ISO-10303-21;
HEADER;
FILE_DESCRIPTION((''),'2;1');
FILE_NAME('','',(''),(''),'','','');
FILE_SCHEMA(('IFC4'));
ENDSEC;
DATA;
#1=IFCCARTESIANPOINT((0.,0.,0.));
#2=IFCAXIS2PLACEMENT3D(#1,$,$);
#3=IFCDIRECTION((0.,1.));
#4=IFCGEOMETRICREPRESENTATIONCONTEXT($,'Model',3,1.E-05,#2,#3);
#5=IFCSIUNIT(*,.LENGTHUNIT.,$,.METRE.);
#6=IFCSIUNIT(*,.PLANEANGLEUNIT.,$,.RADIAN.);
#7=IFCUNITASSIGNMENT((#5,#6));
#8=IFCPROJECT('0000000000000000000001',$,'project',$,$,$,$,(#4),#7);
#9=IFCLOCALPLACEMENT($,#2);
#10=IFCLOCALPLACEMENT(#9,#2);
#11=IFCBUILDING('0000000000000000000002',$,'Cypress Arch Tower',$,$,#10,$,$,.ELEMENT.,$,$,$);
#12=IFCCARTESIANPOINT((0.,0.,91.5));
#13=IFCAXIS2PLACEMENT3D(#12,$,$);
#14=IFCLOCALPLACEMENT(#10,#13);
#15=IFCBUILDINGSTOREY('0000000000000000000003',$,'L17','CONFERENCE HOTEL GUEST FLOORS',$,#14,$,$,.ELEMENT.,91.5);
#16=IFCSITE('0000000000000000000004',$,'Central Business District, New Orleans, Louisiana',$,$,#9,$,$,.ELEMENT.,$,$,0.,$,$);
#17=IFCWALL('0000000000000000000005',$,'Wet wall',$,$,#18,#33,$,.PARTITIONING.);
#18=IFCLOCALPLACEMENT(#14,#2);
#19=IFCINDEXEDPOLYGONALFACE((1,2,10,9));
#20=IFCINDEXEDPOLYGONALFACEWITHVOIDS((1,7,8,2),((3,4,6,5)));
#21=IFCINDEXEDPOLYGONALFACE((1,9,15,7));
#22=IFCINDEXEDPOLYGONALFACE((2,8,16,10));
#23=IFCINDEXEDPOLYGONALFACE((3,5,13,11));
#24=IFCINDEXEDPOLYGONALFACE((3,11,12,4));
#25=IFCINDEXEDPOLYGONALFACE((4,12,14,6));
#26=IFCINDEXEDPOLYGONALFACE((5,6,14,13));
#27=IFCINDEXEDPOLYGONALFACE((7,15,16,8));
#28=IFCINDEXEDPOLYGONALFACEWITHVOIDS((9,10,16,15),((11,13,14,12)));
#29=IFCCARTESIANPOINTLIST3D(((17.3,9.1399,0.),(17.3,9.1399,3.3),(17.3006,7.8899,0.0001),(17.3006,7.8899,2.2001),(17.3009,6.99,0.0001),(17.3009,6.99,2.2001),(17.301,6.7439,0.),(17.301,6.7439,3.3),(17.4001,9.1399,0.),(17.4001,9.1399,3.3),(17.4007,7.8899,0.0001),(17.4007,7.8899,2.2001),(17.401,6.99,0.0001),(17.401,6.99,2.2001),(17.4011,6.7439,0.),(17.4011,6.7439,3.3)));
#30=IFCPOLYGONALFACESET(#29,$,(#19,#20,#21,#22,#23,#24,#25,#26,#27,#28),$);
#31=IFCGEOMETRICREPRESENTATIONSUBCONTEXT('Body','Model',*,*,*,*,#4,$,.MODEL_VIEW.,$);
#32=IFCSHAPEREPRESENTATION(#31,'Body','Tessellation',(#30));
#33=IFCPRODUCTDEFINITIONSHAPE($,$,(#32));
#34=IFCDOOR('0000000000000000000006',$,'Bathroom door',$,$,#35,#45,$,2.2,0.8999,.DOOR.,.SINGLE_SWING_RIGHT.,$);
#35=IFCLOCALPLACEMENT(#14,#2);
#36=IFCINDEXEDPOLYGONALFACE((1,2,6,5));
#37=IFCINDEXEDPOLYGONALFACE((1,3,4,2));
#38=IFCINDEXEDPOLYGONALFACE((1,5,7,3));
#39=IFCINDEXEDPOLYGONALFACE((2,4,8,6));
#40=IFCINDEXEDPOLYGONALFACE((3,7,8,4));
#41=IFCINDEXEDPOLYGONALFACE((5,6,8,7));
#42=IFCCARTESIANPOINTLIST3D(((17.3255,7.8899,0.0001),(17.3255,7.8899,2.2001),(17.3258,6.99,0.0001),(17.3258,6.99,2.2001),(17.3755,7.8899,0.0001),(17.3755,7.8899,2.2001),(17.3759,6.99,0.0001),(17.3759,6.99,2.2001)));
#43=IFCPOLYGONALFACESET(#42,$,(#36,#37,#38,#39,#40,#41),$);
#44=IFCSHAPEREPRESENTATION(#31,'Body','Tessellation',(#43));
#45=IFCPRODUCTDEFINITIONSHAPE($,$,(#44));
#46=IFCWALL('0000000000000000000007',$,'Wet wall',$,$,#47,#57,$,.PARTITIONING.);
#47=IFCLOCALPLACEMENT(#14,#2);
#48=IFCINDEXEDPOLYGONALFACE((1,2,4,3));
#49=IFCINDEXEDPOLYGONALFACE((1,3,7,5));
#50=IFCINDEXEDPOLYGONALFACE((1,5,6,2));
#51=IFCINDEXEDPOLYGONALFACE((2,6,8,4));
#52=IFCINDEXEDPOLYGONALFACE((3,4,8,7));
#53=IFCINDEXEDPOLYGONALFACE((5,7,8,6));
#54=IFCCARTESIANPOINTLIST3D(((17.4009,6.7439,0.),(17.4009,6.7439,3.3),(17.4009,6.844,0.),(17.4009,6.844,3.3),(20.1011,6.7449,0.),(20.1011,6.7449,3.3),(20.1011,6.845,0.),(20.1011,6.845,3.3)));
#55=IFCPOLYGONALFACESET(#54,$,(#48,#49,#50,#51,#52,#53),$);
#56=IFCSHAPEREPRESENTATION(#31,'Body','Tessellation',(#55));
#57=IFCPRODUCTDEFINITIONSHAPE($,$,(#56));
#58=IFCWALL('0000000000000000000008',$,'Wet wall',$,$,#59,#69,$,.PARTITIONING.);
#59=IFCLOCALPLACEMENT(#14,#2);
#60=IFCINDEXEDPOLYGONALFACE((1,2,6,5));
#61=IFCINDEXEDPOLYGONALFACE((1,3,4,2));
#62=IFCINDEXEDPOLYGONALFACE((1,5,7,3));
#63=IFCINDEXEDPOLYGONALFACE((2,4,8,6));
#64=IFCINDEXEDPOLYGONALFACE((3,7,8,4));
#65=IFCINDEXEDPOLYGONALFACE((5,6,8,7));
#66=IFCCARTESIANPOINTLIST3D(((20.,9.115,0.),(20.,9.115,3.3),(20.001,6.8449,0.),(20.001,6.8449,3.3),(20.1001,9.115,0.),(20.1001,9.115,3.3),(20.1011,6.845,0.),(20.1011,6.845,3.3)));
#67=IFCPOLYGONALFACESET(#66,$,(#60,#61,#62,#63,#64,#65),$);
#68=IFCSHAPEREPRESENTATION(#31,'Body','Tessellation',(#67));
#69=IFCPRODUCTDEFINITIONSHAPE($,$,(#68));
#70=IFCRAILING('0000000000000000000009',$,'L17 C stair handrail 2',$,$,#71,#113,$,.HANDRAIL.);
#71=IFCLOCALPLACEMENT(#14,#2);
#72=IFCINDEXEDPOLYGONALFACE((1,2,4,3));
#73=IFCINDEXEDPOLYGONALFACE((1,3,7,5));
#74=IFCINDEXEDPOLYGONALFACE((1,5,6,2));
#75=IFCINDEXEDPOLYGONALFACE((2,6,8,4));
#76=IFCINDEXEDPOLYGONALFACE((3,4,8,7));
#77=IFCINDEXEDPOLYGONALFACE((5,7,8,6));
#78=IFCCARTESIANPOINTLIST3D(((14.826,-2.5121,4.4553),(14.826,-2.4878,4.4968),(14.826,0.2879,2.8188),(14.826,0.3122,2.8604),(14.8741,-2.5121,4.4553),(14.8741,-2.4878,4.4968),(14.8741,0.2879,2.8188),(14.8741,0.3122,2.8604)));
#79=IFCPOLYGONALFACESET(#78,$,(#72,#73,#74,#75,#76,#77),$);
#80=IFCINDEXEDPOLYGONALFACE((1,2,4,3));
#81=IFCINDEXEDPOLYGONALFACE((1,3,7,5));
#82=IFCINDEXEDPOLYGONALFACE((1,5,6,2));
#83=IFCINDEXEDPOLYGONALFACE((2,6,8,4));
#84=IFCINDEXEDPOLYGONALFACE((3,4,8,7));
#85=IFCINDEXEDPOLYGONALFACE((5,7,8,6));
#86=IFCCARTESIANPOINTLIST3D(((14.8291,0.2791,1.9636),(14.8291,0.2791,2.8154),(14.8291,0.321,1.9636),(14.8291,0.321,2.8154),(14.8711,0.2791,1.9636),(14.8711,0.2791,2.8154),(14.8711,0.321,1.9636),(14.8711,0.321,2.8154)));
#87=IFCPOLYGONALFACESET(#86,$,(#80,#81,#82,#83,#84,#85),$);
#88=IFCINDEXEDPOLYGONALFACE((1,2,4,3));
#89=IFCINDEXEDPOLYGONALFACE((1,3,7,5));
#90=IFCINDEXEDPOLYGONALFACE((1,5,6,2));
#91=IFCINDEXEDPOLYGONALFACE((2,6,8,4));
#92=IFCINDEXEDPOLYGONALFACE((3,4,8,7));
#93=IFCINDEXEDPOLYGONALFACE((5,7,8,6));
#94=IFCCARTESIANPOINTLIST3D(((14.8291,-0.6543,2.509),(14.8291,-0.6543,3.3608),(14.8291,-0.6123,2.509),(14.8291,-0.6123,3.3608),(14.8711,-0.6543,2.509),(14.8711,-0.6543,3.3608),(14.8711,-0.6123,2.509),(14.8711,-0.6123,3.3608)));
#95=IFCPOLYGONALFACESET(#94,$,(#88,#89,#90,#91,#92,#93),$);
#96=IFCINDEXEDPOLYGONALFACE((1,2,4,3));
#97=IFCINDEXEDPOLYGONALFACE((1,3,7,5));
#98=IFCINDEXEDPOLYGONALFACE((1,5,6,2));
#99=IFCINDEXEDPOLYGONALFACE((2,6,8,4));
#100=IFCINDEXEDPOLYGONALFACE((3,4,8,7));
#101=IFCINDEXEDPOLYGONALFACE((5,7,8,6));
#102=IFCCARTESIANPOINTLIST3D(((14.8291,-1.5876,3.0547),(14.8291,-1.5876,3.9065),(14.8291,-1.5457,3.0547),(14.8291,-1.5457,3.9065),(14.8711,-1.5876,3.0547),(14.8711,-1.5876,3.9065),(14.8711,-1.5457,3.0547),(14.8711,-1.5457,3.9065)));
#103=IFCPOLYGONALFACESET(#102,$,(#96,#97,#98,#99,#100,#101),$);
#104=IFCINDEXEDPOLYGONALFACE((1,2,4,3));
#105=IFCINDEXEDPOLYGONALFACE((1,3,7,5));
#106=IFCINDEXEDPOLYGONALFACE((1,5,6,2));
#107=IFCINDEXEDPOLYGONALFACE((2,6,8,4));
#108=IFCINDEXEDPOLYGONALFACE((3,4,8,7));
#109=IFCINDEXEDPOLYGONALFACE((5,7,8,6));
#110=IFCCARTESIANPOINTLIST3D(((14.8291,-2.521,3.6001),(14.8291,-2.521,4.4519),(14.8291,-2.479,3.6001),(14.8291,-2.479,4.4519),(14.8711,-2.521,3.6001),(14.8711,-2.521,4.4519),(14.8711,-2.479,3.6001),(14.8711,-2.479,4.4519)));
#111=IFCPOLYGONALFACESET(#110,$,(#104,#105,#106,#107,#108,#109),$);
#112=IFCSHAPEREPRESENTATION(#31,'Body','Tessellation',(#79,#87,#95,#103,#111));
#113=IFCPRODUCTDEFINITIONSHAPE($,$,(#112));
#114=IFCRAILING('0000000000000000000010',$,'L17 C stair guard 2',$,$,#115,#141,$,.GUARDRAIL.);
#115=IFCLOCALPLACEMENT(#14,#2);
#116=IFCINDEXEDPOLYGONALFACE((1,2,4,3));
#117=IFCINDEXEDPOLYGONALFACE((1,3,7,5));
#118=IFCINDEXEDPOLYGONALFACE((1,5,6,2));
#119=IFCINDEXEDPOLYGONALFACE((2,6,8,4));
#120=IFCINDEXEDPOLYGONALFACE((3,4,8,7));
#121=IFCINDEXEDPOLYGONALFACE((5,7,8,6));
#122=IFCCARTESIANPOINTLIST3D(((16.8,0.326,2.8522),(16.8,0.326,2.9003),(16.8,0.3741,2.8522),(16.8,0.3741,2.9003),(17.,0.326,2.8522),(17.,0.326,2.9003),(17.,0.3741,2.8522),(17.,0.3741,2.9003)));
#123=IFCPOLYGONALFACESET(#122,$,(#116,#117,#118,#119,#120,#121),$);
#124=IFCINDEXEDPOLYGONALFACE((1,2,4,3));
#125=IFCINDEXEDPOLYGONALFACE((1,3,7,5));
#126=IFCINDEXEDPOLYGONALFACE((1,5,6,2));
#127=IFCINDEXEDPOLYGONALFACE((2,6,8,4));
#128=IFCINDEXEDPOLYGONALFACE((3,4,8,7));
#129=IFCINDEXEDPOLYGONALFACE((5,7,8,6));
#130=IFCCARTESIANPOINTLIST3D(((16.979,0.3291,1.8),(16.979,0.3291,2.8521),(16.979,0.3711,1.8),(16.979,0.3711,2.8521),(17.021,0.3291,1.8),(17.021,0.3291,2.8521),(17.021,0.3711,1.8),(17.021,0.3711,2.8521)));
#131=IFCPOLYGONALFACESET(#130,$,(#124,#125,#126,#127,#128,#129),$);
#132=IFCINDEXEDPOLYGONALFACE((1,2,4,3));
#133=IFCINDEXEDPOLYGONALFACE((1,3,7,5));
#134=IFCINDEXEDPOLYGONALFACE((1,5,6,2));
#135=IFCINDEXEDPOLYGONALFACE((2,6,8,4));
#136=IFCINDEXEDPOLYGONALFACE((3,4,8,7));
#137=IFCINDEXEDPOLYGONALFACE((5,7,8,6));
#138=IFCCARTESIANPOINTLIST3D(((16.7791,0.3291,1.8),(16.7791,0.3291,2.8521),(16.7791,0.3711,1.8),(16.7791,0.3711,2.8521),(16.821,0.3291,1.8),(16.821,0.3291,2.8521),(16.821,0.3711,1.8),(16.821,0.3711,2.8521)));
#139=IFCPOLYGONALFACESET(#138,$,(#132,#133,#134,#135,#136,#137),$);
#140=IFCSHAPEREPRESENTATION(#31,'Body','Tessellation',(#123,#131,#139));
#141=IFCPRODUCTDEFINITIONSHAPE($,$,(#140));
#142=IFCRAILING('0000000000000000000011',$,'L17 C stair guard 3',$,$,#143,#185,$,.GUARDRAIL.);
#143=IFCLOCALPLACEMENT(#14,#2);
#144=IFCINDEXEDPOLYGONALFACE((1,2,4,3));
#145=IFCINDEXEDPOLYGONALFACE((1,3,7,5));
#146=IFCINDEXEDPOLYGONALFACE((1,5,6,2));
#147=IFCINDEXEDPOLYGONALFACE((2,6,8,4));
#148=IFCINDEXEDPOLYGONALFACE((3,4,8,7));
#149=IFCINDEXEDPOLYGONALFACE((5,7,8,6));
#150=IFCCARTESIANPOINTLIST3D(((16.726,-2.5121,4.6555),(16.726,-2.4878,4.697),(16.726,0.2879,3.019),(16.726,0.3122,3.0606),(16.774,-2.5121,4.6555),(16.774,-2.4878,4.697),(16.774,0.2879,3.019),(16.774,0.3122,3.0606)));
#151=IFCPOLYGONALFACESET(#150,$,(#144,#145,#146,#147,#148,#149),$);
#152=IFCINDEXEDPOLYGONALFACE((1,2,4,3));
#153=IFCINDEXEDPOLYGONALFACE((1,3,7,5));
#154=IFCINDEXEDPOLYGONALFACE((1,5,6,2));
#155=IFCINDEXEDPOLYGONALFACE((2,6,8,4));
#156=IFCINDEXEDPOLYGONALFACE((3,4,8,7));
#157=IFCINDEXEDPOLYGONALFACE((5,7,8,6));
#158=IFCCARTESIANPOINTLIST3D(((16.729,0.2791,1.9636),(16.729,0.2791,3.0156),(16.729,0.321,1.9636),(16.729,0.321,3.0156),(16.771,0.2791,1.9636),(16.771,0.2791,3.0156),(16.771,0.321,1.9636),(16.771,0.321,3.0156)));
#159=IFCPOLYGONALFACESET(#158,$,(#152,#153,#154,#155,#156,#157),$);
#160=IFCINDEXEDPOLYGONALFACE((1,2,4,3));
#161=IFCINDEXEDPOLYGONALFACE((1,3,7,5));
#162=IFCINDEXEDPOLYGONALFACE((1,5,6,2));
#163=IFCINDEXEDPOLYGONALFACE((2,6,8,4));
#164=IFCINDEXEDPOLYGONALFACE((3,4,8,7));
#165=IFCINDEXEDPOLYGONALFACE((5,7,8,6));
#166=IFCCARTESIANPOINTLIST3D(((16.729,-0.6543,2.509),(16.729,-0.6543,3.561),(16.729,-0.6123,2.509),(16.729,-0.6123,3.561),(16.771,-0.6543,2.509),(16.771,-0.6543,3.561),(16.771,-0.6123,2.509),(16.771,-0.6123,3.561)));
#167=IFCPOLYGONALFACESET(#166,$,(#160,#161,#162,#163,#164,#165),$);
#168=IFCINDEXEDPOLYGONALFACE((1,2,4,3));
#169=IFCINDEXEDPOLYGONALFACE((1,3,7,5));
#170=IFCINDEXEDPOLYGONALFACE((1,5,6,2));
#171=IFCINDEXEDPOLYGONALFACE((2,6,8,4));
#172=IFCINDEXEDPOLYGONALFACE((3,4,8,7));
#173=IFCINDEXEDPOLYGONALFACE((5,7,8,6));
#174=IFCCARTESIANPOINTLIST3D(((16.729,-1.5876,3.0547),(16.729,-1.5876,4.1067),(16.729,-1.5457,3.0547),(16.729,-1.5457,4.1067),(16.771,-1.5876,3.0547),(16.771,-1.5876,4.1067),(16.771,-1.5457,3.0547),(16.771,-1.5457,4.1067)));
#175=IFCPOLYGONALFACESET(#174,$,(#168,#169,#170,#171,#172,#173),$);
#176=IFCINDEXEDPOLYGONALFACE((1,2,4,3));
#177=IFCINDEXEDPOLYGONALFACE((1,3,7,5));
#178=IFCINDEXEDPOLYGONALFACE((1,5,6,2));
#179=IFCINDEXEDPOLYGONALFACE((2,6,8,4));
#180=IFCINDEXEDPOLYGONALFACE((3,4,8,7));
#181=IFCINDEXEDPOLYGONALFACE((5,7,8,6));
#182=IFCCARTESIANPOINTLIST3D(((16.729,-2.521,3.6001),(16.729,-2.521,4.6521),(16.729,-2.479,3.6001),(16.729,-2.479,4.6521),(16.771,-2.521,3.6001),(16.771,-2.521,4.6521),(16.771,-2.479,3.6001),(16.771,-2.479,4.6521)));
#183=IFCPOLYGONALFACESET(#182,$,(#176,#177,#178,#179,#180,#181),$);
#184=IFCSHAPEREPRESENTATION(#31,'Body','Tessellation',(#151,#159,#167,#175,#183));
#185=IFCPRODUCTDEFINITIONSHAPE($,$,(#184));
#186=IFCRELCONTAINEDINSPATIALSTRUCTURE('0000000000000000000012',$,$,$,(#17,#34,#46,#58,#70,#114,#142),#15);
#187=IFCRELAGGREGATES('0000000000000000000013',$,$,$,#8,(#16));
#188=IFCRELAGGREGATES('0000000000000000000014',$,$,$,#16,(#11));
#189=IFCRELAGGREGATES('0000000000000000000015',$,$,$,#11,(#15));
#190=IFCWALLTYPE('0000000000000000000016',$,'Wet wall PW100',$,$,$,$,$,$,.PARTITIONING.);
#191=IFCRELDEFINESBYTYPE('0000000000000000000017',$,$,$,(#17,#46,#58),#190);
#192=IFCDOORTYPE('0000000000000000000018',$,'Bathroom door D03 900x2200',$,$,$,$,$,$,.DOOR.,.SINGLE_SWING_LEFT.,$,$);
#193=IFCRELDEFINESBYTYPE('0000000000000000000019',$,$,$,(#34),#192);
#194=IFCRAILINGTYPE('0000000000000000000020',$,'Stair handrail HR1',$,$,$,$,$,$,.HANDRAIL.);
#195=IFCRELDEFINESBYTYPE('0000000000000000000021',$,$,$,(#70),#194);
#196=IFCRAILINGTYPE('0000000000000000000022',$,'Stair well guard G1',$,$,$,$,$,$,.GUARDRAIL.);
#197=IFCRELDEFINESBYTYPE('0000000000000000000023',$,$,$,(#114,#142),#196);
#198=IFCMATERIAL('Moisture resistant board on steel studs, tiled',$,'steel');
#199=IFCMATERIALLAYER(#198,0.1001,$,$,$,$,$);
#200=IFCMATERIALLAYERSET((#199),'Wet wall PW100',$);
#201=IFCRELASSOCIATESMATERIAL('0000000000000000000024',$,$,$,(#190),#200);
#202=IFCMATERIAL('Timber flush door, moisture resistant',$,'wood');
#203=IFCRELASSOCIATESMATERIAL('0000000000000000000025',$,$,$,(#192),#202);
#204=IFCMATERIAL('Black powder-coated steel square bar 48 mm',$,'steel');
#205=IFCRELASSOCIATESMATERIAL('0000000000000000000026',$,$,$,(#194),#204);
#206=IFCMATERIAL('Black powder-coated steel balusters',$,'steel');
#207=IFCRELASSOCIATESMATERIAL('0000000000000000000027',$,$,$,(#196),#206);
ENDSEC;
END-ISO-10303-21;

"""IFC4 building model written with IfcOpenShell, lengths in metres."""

from ifc_helpers import new_model, si_unit, direction, frame, frame_2d, origin, origin_2d, place, context, subcontext, project, spatial, rectangle, extrude, material, layer, layer_set, type_object, element, fill, save


model = new_model("IFC4")

# Units and contexts
model_context = context("Model", 3, precision=1e-05, world=origin(), true_north=direction((0.0, 1.0)))
body_context = subcontext(model_context, "Body", "Model", "MODEL_VIEW")
ifc_project = project(units=[si_unit("LENGTHUNIT", "METRE"), si_unit("PLANEANGLEUNIT", "RADIAN")], contexts=[model_context])

# Site, building, storey
site_placement = place(None, origin())
site = spatial("IfcSite", under=ifc_project, at=site_placement, Name="Central Business District, New Orleans, Louisiana", CompositionType="ELEMENT", RefElevation=0.0)
building_placement = place(site_placement, origin())
building = spatial("IfcBuilding", under=site, at=building_placement, Name="Cypress Arch Tower", CompositionType="ELEMENT")
storey_placement = place(building_placement, frame((0.0, 0.0, 91.5)))
storey = spatial("IfcBuildingStorey", under=building, at=storey_placement, Name="L17", Description="CONFERENCE HOTEL GUEST FLOORS", CompositionType="ELEMENT", Elevation=91.5)

# Shared definitions
ifc_material_1 = material(Name="Moisture resistant board on steel studs, tiled", Category="steel")
ifc_layer_1 = layer(ifc_material_1, 0.1001)
ifc_layer_set_1 = layer_set([ifc_layer_1], Name="Wet wall PW100")
wall_type_1 = type_object("IfcWallType", Name="Wet wall PW100", PredefinedType="PARTITIONING", material=ifc_layer_set_1)

# Wall, opening, door
wall_1_placement = place(storey_placement, frame((17.3501, 9.1399, 0.0), z_axis=(0.0, 0.0, 1.0), x_axis=(0.000408, -1.0, 0.0)))
wall_1 = element("IfcWall", 1, at=wall_1_placement, inside=storey, type_object=wall_type_1, Name="Wet wall", PredefinedType="PARTITIONING", context=body_context, shape_type="SweptSolid", body=[
    extrude(rectangle(XDim=2.396, YDim=0.1001, at=frame_2d((1.198, 0.0))), origin(), (0.0, 0.0, 1.0), 3.3),
])
opening_1_placement = place(wall_1_placement, frame((1.25, 0.0, 0.0)))
opening_1 = element("IfcOpeningElement", 2, at=opening_1_placement, cuts=wall_1, PredefinedType="OPENING", context=body_context, shape_type="SweptSolid", body=[
    extrude(rectangle(XDim=0.8999, YDim=2.2, at=frame_2d((0.45, 1.1001))), frame((0.0, 0.0601, 0.0), z_axis=(0.0, -1.0, 0.0), x_axis=(1.0, 0.0, 0.0)), (0.0, 0.0, 1.0), 0.1201),
])
ifc_material_2 = material(Name="Timber flush door, moisture resistant", Category="wood")
door_type_1 = type_object("IfcDoorType", Name="Bathroom door D03 900x2200", OperationType="SINGLE_SWING_LEFT", PredefinedType="DOOR", material=ifc_material_2)
door_1_placement = place(opening_1_placement, origin())
door_1 = element("IfcDoor", 3, at=door_1_placement, inside=storey, type_object=door_type_1, Name="Bathroom door", OperationType="SINGLE_SWING_RIGHT", OverallHeight=2.2, OverallWidth=0.8999, PredefinedType="DOOR", context=body_context, shape_type="SweptSolid", body=[
    extrude(rectangle(XDim=0.8999, YDim=2.2, at=frame_2d((0.45, 1.1001))), frame((0.0, 0.0249, 0.0), z_axis=(0.0, -1.0, 0.0), x_axis=(1.0, 0.0, 0.0)), (0.0, 0.0, 1.0), 0.05),
])
fill(opening_1, door_1)

# Walls
wall_2_placement = place(storey_placement, frame((17.4009, 6.7939, 0.0), z_axis=(0.0, 0.0, 1.0), x_axis=(1.0, 0.000362, 0.0)))
element("IfcWall", 4, at=wall_2_placement, inside=storey, type_object=wall_type_1, Name="Wet wall", PredefinedType="PARTITIONING", context=body_context, shape_type="SweptSolid", body=[
    extrude(rectangle(XDim=2.7002, YDim=0.1001, at=frame_2d((1.3501, 0.0))), origin(), (0.0, 0.0, 1.0), 3.3),
])
wall_3_placement = place(storey_placement, frame((20.05, 9.115, 0.0), z_axis=(0.0, 0.0, 1.0), x_axis=(0.00043, -1.0, 0.0)))
element("IfcWall", 5, at=wall_3_placement, inside=storey, type_object=wall_type_1, Name="Wet wall", PredefinedType="PARTITIONING", context=body_context, shape_type="SweptSolid", body=[
    extrude(rectangle(XDim=2.27, YDim=0.1001, at=frame_2d((1.135, 0.0))), origin(), (0.0, 0.0, 1.0), 3.3),
])

# Railings
ifc_material_3 = material(Name="Black powder-coated steel square bar 48 mm", Category="steel")
railing_type_1 = type_object("IfcRailingType", Name="Stair handrail HR1", PredefinedType="HANDRAIL", material=ifc_material_3)
railing_1_placement = place(storey_placement, frame((14.8501, 0.3, 1.9636)))
element("IfcRailing", 6, at=railing_1_placement, inside=storey, type_object=railing_type_1, Name="L17 C stair handrail 2", PredefinedType="HANDRAIL", context=body_context, shape_type="SweptSolid", body=[
    extrude(rectangle(XDim=0.0481, YDim=0.0481, at=origin_2d()), frame((0.0, 0.0, 0.876), z_axis=(0.0, -0.863361, 0.504587), x_axis=(1.0, 0.0, 0.0)), (0.0, 0.0, 1.0), 3.2432),
    extrude(rectangle(XDim=0.042, YDim=0.042, at=origin_2d()), origin(), (0.0, 0.0, 1.0), 0.8518),
    extrude(rectangle(XDim=0.042, YDim=0.042, at=origin_2d()), frame((0.0, -0.9333, 0.5454)), (0.0, 0.0, 1.0), 0.8518),
    extrude(rectangle(XDim=0.042, YDim=0.042, at=origin_2d()), frame((0.0, -1.8667, 1.0911)), (0.0, 0.0, 1.0), 0.8518),
    extrude(rectangle(XDim=0.042, YDim=0.042, at=origin_2d()), frame((0.0, -2.8, 1.6365)), (0.0, 0.0, 1.0), 0.8518),
])
ifc_material_4 = material(Name="Black powder-coated steel balusters", Category="steel")
railing_type_2 = type_object("IfcRailingType", Name="Stair well guard G1", PredefinedType="GUARDRAIL", material=ifc_material_4)
railing_2_placement = place(storey_placement, frame((17.0, 0.3501, 1.8)))
element("IfcRailing", 7, at=railing_2_placement, inside=storey, type_object=railing_type_2, Name="L17 C stair guard 2", PredefinedType="GUARDRAIL", context=body_context, shape_type="SweptSolid", body=[
    extrude(rectangle(XDim=0.0481, YDim=0.0481, at=origin_2d()), frame((0.0, 0.0, 1.0762), z_axis=(-1.0, 0.0, 0.0), x_axis=(0.0, -1.0, 0.0)), (0.0, 0.0, 1.0), 0.2),
    extrude(rectangle(XDim=0.042, YDim=0.042, at=origin_2d()), origin(), (0.0, 0.0, 1.0), 1.052),
    extrude(rectangle(XDim=0.042, YDim=0.042, at=origin_2d()), frame((-0.2, 0.0, 0.0)), (0.0, 0.0, 1.0), 1.052),
])
railing_3_placement = place(storey_placement, frame((16.75, 0.3, 1.9636)))
element("IfcRailing", 8, at=railing_3_placement, inside=storey, type_object=railing_type_2, Name="L17 C stair guard 3", PredefinedType="GUARDRAIL", context=body_context, shape_type="SweptSolid", body=[
    extrude(rectangle(XDim=0.0481, YDim=0.0481, at=origin_2d()), frame((0.0, 0.0, 1.0762), z_axis=(0.0, -0.863361, 0.504587), x_axis=(1.0, 0.0, 0.0)), (0.0, 0.0, 1.0), 3.2432),
    extrude(rectangle(XDim=0.042, YDim=0.042, at=origin_2d()), origin(), (0.0, 0.0, 1.0), 1.052),
    extrude(rectangle(XDim=0.042, YDim=0.042, at=origin_2d()), frame((0.0, -0.9333, 0.5454)), (0.0, 0.0, 1.0), 1.052),
    extrude(rectangle(XDim=0.042, YDim=0.042, at=origin_2d()), frame((0.0, -1.8667, 1.0911)), (0.0, 0.0, 1.0), 1.052),
    extrude(rectangle(XDim=0.042, YDim=0.042, at=origin_2d()), frame((0.0, -2.8, 1.6365)), (0.0, 0.0, 1.0), 1.052),
])

save(model, "model.ifc")
